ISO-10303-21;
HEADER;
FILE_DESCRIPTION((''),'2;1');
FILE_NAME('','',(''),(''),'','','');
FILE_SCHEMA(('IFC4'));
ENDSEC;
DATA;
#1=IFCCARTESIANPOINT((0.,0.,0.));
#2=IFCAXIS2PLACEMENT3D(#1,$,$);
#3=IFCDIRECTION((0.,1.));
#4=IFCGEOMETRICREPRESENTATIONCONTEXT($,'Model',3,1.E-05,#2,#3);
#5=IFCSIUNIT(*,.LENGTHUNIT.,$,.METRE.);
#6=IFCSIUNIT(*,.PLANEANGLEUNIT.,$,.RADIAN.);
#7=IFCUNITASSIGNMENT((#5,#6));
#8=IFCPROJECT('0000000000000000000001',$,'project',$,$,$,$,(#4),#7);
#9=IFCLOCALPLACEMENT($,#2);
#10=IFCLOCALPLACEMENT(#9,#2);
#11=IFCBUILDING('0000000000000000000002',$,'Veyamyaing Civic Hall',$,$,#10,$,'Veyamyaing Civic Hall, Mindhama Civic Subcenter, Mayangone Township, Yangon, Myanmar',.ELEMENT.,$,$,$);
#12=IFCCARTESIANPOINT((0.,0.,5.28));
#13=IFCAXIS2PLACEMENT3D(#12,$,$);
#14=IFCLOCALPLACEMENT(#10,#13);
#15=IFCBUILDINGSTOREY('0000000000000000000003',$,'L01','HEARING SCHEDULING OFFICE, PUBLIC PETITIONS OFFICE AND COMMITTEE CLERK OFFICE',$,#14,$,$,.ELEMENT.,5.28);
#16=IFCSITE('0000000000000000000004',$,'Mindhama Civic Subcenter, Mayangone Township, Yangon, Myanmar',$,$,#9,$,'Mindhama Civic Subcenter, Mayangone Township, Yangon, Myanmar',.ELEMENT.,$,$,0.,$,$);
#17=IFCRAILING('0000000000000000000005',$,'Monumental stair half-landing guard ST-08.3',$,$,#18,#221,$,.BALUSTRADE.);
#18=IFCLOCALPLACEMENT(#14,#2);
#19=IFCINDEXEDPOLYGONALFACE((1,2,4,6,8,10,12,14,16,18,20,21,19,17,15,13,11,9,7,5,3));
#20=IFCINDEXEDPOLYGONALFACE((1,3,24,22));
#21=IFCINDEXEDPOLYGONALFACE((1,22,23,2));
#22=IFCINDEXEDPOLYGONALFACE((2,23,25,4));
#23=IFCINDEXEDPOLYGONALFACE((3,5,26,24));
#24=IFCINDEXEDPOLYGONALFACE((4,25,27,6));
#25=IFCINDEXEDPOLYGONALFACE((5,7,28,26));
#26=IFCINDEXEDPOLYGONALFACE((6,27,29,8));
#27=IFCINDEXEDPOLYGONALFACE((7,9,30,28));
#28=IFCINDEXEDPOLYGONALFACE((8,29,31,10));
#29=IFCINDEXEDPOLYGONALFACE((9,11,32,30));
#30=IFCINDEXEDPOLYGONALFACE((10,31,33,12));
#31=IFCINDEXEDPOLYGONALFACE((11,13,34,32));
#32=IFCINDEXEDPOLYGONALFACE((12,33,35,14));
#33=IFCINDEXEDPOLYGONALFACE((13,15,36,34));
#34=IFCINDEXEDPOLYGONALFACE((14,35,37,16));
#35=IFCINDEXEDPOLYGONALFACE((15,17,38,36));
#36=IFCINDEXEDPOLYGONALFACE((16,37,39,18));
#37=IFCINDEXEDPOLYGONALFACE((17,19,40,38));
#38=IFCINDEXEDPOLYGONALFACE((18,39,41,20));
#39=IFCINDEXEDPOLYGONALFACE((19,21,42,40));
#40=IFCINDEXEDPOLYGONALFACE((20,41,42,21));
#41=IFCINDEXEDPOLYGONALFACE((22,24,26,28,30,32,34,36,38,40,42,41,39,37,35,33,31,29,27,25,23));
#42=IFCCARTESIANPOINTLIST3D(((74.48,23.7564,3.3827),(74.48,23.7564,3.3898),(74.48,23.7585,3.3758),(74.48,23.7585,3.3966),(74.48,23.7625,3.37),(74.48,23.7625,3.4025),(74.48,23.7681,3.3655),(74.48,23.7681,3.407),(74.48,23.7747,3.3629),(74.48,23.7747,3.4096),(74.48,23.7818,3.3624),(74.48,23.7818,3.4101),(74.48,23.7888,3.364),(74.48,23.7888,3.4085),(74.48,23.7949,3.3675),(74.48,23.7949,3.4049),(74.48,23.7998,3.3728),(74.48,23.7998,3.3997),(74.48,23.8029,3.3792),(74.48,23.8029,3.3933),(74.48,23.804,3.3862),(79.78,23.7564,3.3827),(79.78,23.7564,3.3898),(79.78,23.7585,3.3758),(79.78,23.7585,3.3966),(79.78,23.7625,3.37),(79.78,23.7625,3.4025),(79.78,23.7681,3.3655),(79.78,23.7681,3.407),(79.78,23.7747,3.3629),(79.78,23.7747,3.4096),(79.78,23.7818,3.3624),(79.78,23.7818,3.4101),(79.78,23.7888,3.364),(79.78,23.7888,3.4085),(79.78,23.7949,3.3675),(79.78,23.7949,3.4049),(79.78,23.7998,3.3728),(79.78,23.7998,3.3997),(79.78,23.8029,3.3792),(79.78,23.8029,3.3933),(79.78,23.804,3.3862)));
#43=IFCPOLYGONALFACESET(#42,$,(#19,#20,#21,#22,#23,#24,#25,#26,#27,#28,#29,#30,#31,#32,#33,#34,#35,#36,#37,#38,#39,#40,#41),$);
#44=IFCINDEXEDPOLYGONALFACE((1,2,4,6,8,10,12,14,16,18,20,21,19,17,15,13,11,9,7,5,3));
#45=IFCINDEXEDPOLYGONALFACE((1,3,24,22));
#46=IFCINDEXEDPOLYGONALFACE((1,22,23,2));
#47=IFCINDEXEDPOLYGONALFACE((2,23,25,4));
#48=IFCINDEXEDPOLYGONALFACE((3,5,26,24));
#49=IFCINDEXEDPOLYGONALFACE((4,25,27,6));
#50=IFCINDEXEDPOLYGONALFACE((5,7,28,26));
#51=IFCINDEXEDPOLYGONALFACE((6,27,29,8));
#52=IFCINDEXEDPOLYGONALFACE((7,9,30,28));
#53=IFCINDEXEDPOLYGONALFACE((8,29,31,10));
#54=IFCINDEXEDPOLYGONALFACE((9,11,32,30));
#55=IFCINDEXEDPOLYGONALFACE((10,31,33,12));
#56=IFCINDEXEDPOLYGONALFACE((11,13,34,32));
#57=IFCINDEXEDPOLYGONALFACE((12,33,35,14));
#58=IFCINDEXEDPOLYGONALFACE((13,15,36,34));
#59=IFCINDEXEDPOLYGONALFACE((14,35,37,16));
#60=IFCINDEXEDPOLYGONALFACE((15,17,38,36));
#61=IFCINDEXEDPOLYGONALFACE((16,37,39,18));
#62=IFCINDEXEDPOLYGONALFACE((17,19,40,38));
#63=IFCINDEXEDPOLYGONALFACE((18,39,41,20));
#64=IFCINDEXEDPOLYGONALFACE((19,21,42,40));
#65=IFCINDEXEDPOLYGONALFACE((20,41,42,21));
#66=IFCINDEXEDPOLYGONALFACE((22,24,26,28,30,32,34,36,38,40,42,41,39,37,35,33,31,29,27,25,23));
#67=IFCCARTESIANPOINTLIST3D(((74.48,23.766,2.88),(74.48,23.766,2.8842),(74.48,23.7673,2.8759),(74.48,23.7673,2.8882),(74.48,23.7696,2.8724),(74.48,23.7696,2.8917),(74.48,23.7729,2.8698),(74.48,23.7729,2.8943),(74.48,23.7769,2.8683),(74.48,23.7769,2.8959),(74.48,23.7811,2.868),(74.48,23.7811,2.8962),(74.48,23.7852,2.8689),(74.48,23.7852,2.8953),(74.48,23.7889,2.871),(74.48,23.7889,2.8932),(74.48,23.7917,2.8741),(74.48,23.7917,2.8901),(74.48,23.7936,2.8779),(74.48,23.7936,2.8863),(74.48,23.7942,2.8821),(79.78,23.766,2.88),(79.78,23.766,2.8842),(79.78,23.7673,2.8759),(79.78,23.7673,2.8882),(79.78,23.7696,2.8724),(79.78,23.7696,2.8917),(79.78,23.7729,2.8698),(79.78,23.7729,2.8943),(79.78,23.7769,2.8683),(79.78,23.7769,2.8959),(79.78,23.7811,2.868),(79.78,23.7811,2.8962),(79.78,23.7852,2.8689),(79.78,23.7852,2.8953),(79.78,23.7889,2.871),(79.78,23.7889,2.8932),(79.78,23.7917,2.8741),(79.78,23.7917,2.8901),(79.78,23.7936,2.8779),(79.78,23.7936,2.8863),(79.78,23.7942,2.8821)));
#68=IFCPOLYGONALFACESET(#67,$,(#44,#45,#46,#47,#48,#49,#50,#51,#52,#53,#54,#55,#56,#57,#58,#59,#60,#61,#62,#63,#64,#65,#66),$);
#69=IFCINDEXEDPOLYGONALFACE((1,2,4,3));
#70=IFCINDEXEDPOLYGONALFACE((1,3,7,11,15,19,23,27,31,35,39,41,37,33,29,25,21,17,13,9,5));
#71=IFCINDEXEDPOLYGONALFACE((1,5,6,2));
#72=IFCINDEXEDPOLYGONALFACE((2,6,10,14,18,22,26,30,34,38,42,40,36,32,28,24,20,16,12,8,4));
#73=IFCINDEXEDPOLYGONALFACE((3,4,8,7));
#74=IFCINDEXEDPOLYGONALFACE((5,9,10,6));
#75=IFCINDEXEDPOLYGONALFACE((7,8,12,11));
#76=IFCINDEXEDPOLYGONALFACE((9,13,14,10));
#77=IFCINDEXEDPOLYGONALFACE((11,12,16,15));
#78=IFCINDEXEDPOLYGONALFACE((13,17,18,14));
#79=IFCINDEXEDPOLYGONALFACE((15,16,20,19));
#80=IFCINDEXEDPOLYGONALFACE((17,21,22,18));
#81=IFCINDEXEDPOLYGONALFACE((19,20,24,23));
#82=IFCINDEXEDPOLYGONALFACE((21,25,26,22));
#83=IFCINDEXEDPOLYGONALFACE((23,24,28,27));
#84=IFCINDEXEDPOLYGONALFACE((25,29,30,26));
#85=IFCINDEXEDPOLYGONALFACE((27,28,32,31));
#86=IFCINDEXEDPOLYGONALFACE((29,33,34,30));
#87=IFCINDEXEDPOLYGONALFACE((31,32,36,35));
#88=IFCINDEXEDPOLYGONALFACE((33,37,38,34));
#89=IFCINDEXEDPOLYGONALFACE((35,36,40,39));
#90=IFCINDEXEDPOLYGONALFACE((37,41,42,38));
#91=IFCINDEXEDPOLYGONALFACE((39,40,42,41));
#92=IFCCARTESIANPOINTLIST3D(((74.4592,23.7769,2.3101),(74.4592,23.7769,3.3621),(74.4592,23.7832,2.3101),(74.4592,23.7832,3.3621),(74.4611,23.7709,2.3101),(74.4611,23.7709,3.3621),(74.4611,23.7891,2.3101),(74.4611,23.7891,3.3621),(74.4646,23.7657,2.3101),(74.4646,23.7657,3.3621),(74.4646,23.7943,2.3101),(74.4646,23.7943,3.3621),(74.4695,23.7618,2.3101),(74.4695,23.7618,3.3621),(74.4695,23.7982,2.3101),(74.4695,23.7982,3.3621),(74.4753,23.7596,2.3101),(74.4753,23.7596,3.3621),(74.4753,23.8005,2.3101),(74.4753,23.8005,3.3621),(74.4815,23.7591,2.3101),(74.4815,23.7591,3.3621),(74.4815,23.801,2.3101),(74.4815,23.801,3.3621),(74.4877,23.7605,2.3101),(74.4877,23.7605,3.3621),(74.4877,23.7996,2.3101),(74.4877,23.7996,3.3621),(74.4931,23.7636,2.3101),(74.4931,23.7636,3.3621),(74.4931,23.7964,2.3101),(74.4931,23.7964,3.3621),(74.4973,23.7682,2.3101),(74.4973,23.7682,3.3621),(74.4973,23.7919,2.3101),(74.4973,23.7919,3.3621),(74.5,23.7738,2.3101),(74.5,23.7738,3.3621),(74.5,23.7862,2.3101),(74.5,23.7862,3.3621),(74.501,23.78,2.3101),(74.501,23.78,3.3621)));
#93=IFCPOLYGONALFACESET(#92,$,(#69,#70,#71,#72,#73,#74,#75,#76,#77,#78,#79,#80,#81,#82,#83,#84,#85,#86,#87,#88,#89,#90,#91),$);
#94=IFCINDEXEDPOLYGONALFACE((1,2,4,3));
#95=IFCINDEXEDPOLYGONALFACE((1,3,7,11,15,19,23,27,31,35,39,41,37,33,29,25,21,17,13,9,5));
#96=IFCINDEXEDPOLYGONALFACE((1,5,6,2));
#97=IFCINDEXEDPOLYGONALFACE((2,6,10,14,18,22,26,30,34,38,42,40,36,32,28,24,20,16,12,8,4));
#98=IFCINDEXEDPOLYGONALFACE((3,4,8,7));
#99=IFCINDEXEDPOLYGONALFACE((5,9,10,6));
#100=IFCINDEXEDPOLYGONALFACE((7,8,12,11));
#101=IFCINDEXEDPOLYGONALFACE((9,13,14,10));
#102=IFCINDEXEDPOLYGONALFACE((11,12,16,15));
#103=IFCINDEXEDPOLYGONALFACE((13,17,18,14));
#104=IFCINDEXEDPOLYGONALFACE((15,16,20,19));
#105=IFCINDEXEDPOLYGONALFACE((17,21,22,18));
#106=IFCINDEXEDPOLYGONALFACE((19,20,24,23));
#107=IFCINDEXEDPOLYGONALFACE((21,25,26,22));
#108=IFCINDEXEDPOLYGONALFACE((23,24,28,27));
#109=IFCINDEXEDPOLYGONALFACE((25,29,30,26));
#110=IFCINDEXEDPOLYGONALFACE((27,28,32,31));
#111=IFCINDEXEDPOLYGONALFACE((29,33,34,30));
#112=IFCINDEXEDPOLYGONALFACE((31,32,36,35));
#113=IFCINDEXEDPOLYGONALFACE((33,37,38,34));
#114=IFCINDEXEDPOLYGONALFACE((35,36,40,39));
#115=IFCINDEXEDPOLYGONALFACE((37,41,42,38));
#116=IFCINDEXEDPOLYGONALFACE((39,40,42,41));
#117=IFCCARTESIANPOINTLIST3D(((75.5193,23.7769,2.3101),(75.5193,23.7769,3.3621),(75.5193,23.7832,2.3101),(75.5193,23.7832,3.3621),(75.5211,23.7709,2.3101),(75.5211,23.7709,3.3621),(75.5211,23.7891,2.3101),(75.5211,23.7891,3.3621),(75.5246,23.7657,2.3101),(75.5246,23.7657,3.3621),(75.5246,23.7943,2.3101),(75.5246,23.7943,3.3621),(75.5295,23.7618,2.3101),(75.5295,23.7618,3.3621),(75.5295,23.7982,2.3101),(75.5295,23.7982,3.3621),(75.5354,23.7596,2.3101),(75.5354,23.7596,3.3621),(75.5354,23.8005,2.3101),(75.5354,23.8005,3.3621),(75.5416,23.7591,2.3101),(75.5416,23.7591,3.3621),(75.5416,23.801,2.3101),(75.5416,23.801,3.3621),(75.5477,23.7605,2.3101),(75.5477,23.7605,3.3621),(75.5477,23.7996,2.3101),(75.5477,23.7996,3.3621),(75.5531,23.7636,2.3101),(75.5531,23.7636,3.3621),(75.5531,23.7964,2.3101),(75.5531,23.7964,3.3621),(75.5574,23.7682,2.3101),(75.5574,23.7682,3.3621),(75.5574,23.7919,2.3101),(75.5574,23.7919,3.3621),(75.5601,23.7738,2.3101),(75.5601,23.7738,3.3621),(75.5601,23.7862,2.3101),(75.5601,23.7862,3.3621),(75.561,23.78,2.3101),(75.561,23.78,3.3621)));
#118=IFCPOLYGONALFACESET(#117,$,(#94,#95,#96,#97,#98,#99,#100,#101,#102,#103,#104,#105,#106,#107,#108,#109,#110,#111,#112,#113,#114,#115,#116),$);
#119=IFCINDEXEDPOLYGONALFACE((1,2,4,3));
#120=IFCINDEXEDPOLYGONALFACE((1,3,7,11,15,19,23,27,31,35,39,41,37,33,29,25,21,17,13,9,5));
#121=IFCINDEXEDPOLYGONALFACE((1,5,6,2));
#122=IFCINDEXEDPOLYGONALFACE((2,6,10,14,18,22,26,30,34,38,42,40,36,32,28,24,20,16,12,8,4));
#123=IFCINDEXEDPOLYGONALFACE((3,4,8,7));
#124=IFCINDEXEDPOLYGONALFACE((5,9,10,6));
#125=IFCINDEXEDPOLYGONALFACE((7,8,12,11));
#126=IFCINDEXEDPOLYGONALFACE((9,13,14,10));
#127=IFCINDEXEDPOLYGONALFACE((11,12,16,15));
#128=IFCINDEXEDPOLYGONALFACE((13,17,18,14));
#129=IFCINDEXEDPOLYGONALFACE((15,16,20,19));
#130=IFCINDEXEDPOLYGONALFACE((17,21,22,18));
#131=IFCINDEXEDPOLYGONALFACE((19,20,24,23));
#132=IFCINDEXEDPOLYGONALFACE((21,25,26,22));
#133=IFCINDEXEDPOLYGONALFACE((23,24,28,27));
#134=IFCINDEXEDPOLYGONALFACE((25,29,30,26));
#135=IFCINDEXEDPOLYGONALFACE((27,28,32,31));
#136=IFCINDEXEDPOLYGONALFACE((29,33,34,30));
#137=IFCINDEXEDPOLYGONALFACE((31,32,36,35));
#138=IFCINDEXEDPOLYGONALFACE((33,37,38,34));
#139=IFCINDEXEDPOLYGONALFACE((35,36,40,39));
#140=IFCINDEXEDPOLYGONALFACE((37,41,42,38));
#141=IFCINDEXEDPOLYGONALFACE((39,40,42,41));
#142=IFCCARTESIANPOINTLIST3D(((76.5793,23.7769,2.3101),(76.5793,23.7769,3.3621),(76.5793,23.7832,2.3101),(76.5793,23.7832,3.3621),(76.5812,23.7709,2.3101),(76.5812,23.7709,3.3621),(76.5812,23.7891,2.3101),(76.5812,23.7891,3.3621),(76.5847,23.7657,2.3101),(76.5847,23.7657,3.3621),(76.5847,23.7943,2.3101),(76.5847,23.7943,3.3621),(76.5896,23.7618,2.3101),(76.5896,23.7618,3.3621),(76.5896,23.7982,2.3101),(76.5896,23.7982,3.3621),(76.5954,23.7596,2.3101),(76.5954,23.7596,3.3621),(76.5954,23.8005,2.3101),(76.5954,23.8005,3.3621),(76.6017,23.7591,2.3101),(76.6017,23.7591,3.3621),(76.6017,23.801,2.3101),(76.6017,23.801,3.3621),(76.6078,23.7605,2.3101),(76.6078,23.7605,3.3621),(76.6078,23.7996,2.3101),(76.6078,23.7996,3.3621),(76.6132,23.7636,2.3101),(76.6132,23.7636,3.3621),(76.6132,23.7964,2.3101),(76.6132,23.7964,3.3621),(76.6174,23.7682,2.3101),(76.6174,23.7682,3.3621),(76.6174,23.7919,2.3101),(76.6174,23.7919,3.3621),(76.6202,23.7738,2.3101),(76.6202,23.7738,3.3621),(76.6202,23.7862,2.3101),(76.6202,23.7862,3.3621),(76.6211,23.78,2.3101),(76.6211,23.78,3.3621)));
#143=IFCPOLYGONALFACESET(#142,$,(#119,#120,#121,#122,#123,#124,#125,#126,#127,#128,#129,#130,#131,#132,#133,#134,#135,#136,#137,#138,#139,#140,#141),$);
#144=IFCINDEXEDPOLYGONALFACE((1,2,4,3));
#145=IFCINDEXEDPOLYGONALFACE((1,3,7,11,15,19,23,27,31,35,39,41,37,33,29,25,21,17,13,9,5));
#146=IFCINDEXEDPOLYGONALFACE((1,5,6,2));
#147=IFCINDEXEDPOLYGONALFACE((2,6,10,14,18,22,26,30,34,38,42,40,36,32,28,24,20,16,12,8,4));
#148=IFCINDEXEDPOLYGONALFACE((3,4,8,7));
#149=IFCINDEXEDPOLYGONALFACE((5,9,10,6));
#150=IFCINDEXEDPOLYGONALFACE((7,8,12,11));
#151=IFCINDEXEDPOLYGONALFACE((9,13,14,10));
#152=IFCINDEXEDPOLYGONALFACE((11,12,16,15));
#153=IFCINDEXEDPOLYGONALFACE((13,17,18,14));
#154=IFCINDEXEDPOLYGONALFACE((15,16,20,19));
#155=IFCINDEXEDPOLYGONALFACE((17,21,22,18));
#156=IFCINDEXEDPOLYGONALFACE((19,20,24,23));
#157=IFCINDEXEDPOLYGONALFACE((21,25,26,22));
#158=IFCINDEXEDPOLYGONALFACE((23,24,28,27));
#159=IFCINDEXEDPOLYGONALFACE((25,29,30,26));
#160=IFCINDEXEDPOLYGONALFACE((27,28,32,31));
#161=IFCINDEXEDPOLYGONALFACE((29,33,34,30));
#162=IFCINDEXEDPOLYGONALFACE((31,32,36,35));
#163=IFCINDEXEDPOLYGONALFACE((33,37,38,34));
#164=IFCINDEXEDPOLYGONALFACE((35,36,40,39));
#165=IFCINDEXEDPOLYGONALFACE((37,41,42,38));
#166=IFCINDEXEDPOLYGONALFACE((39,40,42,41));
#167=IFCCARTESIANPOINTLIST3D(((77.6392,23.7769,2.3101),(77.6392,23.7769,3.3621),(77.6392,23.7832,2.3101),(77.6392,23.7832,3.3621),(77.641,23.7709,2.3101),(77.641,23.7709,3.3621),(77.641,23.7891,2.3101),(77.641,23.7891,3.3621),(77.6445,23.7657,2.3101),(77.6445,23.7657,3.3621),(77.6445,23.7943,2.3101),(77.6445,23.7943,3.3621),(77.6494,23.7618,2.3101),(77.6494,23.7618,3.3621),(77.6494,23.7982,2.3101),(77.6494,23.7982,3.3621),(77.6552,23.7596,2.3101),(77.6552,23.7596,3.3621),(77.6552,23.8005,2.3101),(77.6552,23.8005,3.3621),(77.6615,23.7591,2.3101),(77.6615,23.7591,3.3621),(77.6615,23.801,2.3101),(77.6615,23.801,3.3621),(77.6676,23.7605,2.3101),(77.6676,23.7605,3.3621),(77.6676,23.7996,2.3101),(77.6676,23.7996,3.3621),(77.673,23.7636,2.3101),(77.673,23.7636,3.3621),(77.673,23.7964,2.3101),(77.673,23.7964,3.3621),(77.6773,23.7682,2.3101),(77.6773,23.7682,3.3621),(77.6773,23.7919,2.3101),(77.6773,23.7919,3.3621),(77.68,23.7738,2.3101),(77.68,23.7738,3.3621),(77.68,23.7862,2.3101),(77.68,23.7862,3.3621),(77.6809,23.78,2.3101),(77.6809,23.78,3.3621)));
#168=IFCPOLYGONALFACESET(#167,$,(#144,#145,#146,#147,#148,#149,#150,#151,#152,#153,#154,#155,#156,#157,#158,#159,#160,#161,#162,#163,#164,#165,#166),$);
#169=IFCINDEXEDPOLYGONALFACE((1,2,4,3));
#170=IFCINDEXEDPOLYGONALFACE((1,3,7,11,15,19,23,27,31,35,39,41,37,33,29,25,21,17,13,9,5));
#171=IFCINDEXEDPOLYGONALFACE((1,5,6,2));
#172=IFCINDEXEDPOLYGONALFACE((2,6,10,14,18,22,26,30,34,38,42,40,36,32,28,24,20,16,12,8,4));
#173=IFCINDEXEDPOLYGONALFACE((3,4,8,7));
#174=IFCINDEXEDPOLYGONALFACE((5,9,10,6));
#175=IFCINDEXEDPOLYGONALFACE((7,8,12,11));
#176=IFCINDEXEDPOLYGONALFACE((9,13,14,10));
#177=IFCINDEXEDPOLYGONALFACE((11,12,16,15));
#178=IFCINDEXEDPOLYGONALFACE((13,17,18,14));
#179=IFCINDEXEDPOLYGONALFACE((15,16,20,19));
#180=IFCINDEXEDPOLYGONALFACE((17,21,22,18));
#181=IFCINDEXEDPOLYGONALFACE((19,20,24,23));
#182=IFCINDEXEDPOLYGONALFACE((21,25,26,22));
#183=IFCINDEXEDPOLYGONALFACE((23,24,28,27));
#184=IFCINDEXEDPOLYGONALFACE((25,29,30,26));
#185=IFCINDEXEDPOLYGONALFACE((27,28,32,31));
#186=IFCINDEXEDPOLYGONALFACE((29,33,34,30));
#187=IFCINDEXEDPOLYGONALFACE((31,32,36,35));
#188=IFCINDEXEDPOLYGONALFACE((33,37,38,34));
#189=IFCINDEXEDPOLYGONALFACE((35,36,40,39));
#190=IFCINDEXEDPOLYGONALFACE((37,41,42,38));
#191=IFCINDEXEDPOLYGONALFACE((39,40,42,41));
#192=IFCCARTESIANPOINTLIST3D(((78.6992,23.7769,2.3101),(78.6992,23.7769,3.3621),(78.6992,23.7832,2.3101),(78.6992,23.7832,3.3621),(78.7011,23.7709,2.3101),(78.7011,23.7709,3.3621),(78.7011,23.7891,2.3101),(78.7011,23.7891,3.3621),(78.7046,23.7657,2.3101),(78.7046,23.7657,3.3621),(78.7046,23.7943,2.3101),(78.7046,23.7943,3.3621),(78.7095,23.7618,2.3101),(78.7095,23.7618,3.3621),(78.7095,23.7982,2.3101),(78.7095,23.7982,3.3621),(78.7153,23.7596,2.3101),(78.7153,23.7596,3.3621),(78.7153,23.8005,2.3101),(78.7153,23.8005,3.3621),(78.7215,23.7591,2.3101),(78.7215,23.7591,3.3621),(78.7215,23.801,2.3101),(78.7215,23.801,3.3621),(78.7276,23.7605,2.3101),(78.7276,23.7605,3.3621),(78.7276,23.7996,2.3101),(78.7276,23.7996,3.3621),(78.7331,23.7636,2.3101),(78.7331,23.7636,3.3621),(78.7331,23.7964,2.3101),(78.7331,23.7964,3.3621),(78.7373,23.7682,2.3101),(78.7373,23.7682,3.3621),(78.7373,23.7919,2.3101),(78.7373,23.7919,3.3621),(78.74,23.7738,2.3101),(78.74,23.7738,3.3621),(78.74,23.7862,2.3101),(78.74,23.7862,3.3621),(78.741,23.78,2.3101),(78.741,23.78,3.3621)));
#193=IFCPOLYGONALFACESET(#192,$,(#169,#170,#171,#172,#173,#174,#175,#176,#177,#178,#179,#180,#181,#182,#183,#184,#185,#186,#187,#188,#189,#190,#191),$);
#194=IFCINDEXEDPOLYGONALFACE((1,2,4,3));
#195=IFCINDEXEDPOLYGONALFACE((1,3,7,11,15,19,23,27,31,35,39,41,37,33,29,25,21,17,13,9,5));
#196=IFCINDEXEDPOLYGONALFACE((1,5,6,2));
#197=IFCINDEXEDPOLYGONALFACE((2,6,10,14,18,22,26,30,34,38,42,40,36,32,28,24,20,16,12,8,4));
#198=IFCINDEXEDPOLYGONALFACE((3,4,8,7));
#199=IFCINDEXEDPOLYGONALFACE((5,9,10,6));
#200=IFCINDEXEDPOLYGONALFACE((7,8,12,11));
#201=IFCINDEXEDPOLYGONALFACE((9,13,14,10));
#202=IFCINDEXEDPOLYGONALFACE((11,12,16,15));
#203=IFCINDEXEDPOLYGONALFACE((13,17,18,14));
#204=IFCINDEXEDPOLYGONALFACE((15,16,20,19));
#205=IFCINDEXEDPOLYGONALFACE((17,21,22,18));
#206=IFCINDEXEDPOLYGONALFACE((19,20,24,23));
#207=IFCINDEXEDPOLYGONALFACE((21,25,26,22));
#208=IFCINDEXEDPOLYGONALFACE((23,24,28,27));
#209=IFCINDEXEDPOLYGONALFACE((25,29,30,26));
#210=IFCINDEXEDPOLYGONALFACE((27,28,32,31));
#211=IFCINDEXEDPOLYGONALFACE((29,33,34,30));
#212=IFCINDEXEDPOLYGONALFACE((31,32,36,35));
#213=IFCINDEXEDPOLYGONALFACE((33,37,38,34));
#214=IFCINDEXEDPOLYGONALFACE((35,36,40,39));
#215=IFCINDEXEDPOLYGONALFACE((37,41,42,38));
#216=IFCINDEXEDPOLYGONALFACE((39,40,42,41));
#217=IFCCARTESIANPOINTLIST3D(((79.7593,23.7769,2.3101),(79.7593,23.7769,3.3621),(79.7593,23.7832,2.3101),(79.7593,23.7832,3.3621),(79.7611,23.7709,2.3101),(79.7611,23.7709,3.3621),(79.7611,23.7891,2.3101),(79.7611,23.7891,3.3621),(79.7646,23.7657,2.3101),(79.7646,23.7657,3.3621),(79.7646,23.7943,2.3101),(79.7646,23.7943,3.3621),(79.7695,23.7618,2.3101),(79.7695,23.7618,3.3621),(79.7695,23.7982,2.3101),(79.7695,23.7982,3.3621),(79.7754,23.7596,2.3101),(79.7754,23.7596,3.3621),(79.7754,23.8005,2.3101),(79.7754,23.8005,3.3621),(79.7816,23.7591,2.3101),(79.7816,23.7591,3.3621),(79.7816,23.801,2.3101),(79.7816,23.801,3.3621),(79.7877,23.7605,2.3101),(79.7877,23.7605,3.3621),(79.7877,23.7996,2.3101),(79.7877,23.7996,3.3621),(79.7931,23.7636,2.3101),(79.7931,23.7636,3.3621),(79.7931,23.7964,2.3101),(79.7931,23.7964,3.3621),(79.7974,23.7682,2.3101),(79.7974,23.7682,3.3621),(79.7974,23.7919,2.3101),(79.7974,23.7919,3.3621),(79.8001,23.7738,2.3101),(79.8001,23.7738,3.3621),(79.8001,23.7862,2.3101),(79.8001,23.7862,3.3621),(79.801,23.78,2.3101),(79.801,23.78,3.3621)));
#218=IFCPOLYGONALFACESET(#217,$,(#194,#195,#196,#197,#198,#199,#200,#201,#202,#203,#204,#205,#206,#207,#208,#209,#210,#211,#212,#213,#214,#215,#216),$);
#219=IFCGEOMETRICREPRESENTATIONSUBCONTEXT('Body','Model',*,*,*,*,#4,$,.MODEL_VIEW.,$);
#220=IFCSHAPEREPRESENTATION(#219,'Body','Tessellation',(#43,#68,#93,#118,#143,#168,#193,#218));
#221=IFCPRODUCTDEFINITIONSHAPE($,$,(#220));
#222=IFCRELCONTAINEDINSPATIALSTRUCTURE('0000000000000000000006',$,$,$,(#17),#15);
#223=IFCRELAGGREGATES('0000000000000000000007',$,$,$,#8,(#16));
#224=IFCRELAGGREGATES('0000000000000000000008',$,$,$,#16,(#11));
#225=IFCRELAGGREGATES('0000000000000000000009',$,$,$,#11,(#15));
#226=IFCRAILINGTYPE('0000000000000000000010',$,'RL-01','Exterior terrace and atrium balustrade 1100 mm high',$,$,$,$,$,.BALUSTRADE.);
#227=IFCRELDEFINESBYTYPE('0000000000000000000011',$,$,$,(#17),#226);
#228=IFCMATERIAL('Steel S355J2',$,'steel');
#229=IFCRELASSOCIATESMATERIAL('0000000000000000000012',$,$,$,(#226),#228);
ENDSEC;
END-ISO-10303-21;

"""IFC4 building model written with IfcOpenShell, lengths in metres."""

from ifc_helpers import new_model, si_unit, direction, frame, origin, origin_2d, place, context, subcontext, project, spatial, circle, extrude, material, type_object, element, save


model = new_model("IFC4")

# Units and contexts
model_context = context("Model", 3, precision=1e-05, world=origin(), true_north=direction((0.0, 1.0)))
body_context = subcontext(model_context, "Body", "Model", "MODEL_VIEW")
ifc_project = project(units=[si_unit("LENGTHUNIT", "METRE"), si_unit("PLANEANGLEUNIT", "RADIAN")], contexts=[model_context])

# Site, building, storey
site_placement = place(None, origin())
site = spatial("IfcSite", under=ifc_project, at=site_placement, Name="Mindhama Civic Subcenter, Mayangone Township, Yangon, Myanmar", LongName="Mindhama Civic Subcenter, Mayangone Township, Yangon, Myanmar", CompositionType="ELEMENT", RefElevation=0.0)
building_placement = place(site_placement, origin())
building = spatial("IfcBuilding", under=site, at=building_placement, Name="Veyamyaing Civic Hall", LongName="Veyamyaing Civic Hall, Mindhama Civic Subcenter, Mayangone Township, Yangon, Myanmar", CompositionType="ELEMENT")
storey_placement = place(building_placement, frame((0.0, 0.0, 5.28)))
storey = spatial("IfcBuildingStorey", under=building, at=storey_placement, Name="L01", Description="HEARING SCHEDULING OFFICE, PUBLIC PETITIONS OFFICE AND COMMITTEE CLERK OFFICE", CompositionType="ELEMENT", Elevation=5.28)

# Railing
ifc_material_1 = material(Name="Steel S355J2", Category="steel")
railing_type = type_object("IfcRailingType", Name="RL-01", Description="Exterior terrace and atrium balustrade 1100 mm high", PredefinedType="BALUSTRADE", material=ifc_material_1)
railing_placement = place(storey_placement, frame((74.48, 23.78, 2.3101)))
element("IfcRailing", 1, at=railing_placement, inside=storey, type_object=railing_type, Name="Monumental stair half-landing guard ST-08.3", PredefinedType="BALUSTRADE", context=body_context, shape_type="SweptSolid", body=[
    extrude(circle(Radius=0.0239, at=origin_2d()), frame((0.0, 0.0, 1.0762), z_axis=(1.0, 0.0, 0.0), x_axis=(0.0, 1.0, 0.0)), (0.0, 0.0, 1.0), 5.3),
    extrude(circle(Radius=0.0142, at=origin_2d()), frame((0.0, 0.0, 0.572), z_axis=(1.0, 0.0, 0.0), x_axis=(0.0, 1.0, 0.0)), (0.0, 0.0, 1.0), 5.3),
    extrude(circle(Radius=0.021, at=origin_2d()), origin(), (0.0, 0.0, 1.0), 1.052),
    extrude(circle(Radius=0.021, at=origin_2d()), frame((1.0601, 0.0, 0.0)), (0.0, 0.0, 1.0), 1.052),
    extrude(circle(Radius=0.021, at=origin_2d()), frame((2.1201, 0.0, 0.0)), (0.0, 0.0, 1.0), 1.052),
    extrude(circle(Radius=0.021, at=origin_2d()), frame((3.1799, 0.0, 0.0)), (0.0, 0.0, 1.0), 1.052),
    extrude(circle(Radius=0.021, at=origin_2d()), frame((4.24, 0.0, 0.0)), (0.0, 0.0, 1.0), 1.052),
    extrude(circle(Radius=0.021, at=origin_2d()), frame((5.3, 0.0, 0.0)), (0.0, 0.0, 1.0), 1.052),
])

save(model, "model.ifc")
